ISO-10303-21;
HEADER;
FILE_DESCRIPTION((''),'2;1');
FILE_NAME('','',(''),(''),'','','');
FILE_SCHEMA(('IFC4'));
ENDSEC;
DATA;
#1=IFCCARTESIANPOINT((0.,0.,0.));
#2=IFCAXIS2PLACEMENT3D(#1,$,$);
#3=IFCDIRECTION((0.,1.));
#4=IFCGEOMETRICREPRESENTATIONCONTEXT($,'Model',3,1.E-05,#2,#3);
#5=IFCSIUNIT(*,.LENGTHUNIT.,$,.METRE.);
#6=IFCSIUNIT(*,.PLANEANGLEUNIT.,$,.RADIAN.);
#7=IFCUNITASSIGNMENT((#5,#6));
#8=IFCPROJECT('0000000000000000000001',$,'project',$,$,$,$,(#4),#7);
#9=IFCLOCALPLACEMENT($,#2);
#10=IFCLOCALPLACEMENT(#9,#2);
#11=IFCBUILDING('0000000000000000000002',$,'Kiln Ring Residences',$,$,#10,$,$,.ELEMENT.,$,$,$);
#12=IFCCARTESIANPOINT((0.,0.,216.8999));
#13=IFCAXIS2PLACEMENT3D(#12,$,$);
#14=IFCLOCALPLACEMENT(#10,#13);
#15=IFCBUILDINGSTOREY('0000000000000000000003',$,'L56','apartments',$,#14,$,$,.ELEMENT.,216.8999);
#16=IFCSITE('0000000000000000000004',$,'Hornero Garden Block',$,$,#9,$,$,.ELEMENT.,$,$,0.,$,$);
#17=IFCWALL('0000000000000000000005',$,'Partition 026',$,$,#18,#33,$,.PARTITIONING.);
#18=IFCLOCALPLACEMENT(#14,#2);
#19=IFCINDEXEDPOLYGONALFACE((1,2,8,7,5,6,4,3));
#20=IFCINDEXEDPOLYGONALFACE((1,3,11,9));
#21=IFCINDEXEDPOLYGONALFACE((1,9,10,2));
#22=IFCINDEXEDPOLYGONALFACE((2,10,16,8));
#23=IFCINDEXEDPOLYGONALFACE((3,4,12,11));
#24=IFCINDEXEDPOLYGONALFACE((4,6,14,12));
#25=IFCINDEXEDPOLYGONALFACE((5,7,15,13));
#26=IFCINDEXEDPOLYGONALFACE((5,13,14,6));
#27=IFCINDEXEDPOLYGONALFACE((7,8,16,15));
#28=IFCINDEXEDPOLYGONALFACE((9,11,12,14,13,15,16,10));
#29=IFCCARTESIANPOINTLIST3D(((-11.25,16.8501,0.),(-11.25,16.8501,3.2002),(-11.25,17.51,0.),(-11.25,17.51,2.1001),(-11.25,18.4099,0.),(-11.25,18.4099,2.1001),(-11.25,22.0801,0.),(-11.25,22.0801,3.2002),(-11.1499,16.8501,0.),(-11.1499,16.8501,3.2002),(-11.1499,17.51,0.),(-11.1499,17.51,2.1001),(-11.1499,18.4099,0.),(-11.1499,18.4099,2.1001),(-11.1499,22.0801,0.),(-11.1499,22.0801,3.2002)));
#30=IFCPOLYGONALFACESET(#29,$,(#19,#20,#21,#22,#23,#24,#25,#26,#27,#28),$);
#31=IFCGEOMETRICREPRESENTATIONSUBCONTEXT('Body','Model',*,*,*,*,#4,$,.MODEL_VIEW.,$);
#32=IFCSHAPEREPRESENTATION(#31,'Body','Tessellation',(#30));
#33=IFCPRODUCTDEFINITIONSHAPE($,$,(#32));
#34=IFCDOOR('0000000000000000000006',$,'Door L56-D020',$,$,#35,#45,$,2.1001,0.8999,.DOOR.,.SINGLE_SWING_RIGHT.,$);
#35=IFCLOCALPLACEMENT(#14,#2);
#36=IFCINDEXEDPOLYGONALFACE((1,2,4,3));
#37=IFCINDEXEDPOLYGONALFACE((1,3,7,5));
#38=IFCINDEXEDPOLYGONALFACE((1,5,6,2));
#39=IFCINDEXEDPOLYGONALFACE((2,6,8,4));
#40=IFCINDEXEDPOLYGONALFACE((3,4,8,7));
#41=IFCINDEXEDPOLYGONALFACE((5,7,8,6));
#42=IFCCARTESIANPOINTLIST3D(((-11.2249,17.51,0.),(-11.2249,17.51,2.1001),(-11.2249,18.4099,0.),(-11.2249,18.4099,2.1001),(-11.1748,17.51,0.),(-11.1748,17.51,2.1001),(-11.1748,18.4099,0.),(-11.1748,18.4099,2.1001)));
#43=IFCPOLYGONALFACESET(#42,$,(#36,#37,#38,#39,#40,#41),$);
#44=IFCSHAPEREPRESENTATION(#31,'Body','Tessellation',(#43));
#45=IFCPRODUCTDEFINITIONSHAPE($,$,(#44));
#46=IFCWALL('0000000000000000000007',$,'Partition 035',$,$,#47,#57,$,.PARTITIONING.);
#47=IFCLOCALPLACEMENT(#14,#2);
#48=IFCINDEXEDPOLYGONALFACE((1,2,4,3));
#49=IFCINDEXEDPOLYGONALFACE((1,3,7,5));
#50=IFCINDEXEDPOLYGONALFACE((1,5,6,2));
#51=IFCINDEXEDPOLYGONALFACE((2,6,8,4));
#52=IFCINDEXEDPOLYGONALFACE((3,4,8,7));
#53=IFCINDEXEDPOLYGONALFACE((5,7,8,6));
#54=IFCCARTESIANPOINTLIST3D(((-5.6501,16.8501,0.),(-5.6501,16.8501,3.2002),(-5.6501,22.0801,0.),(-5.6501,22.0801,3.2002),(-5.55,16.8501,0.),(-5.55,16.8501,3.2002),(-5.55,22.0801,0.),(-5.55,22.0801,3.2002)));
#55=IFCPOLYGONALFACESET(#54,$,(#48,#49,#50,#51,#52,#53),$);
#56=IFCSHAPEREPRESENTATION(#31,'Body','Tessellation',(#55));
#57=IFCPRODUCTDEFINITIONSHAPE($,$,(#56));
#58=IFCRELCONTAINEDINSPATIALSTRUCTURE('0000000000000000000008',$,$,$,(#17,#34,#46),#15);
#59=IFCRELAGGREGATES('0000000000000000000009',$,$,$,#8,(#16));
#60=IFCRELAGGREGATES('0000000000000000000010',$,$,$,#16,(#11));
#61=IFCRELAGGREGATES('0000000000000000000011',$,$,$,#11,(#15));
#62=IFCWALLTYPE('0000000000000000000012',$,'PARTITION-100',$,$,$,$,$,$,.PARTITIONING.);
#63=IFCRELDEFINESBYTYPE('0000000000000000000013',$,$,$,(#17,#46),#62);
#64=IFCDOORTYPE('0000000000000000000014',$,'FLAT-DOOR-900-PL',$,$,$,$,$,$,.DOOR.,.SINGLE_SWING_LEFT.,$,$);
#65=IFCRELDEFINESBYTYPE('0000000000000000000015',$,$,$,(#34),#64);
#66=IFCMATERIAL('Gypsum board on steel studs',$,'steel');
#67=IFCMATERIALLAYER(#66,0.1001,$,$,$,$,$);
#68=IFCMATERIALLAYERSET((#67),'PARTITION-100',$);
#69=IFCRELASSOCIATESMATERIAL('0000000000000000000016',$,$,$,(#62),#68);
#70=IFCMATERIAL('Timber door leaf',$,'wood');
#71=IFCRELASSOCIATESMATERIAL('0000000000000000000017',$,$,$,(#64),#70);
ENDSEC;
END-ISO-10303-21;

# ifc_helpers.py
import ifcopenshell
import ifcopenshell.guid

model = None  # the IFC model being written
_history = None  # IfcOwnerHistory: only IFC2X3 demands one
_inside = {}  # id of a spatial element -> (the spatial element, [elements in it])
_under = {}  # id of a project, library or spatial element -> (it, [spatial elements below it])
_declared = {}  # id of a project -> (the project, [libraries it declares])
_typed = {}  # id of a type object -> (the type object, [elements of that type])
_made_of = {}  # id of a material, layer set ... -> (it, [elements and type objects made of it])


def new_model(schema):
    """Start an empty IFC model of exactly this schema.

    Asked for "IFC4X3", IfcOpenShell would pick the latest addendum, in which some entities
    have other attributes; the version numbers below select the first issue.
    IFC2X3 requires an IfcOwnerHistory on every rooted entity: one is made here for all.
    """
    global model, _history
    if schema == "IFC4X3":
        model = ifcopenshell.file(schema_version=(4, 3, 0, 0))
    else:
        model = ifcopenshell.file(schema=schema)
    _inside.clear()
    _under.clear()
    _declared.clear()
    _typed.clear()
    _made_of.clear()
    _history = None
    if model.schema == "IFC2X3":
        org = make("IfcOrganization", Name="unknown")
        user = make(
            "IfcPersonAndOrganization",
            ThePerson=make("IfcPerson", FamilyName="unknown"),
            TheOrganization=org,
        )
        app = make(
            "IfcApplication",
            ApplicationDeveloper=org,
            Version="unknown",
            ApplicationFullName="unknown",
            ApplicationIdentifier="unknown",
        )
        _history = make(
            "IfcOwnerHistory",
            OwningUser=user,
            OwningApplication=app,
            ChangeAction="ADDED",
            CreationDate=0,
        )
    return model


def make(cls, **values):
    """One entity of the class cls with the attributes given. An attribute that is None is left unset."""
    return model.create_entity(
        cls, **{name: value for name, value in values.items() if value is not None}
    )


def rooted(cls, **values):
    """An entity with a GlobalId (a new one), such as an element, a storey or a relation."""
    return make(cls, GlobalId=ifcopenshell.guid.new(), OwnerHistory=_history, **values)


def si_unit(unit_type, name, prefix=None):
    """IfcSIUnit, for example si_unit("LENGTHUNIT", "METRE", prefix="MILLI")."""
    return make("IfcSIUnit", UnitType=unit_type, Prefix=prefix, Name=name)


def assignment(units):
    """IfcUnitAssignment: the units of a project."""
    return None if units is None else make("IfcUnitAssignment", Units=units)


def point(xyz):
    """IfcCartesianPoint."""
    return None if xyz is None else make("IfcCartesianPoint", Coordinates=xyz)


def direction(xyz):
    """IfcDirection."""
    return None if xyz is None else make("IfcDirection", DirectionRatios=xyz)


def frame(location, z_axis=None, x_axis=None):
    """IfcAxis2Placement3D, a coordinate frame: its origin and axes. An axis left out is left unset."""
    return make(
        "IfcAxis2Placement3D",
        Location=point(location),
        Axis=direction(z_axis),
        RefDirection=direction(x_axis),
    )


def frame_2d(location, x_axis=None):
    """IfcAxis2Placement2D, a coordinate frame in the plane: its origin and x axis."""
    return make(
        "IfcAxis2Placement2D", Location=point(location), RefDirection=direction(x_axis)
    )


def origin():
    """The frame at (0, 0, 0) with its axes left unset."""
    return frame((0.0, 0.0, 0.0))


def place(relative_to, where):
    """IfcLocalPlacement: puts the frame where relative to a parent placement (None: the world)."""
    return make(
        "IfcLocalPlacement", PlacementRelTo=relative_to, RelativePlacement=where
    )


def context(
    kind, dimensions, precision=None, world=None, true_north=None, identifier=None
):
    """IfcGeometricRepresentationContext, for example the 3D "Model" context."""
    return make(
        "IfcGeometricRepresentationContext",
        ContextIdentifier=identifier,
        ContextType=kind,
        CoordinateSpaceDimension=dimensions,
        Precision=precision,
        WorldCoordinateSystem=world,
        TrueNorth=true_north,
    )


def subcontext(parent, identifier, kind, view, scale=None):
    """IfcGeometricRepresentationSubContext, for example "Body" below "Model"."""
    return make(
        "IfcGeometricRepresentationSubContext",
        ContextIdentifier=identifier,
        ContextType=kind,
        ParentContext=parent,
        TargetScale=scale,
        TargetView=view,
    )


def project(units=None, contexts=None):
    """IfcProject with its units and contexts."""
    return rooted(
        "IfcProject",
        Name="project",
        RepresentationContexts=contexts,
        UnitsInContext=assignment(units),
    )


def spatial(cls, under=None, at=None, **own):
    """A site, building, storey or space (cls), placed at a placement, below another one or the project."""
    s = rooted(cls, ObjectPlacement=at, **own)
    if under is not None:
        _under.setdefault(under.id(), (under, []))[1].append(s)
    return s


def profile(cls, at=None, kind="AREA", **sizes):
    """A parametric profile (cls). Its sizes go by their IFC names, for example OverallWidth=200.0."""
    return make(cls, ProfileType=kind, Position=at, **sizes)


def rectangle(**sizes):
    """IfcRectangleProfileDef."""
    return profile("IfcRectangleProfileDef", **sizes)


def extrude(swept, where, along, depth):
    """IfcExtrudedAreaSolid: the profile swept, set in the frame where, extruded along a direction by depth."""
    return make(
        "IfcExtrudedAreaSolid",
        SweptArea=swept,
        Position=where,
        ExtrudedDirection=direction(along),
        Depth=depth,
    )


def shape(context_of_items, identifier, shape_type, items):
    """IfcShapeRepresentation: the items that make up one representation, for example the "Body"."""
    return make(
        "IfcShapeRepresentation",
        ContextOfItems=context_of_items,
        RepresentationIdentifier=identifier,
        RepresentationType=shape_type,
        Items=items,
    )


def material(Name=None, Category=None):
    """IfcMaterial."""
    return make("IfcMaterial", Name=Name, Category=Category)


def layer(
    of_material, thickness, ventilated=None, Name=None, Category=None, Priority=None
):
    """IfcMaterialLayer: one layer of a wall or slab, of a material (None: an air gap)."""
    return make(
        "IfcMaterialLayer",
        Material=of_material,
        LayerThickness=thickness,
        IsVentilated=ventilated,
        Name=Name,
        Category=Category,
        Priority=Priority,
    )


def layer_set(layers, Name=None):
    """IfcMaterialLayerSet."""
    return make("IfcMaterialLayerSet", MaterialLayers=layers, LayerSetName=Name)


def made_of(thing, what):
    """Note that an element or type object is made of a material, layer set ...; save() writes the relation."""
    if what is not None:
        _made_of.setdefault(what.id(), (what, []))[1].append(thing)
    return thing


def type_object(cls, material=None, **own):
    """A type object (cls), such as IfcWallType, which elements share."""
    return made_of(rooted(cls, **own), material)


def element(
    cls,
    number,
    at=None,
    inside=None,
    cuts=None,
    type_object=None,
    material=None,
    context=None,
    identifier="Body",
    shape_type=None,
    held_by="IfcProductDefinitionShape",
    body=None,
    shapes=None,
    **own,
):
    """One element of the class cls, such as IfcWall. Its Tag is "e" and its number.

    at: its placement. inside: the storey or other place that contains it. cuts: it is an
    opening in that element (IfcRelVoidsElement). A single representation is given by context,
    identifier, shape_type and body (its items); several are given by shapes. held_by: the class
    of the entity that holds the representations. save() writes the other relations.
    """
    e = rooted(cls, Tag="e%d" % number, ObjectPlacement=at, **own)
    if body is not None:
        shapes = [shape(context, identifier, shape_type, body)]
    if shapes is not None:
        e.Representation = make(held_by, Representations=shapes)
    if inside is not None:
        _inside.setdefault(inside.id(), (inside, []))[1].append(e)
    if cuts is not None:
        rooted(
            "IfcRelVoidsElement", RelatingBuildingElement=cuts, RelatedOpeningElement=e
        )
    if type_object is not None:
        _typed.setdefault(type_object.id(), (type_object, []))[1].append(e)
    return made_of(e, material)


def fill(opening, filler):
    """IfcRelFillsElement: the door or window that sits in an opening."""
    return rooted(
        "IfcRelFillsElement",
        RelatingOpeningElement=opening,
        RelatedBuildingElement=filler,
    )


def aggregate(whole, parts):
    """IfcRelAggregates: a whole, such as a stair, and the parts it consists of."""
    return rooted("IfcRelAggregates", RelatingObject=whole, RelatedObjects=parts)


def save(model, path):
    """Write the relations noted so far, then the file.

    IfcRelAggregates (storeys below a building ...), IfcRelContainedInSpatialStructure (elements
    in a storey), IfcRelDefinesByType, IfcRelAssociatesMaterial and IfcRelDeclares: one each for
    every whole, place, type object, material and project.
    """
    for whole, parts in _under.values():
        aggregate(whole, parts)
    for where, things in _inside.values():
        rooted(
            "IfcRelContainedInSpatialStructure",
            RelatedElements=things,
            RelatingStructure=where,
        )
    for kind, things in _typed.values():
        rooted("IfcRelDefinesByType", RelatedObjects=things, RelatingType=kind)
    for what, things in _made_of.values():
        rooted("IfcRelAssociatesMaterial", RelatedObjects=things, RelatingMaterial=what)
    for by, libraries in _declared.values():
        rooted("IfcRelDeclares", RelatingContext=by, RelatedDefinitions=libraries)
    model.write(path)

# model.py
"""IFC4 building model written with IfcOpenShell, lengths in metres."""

from ifc_helpers import new_model, si_unit, direction, frame, frame_2d, origin, place, context, subcontext, project, spatial, rectangle, extrude, material, layer, layer_set, type_object, element, fill, save


model = new_model("IFC4")

# Units and contexts
model_context = context("Model", 3, precision=1e-05, world=origin(), true_north=direction((0.0, 1.0)))
body_context = subcontext(model_context, "Body", "Model", "MODEL_VIEW")
ifc_project = project(units=[si_unit("LENGTHUNIT", "METRE"), si_unit("PLANEANGLEUNIT", "RADIAN")], contexts=[model_context])

# Site, building, storey
site_placement = place(None, origin())
site = spatial("IfcSite", under=ifc_project, at=site_placement, Name="Hornero Garden Block", CompositionType="ELEMENT", RefElevation=0.0)
building_placement = place(site_placement, origin())
building = spatial("IfcBuilding", under=site, at=building_placement, Name="Kiln Ring Residences", CompositionType="ELEMENT")
storey_placement = place(building_placement, frame((0.0, 0.0, 216.8999)))
storey = spatial("IfcBuildingStorey", under=building, at=storey_placement, Name="L56", Description="apartments", CompositionType="ELEMENT", Elevation=216.8999)

# Wall, opening, door
ifc_material_1 = material(Name="Gypsum board on steel studs", Category="steel")
ifc_layer_1 = layer(ifc_material_1, 0.1001)
ifc_layer_set_1 = layer_set([ifc_layer_1], Name="PARTITION-100")
wall_type_1 = type_object("IfcWallType", Name="PARTITION-100", PredefinedType="PARTITIONING", material=ifc_layer_set_1)
wall_1_placement = place(storey_placement, frame((-11.2, 16.8501, 0.0), z_axis=(0.0, 0.0, 1.0), x_axis=(0.0, 1.0, 0.0)))
wall_1 = element("IfcWall", 1, at=wall_1_placement, inside=storey, type_object=wall_type_1, Name="Partition 026", PredefinedType="PARTITIONING", context=body_context, shape_type="SweptSolid", body=[
    extrude(rectangle(XDim=5.23, YDim=0.1001, at=frame_2d((2.615, 0.0))), origin(), (0.0, 0.0, 1.0), 3.2002),
])
opening_1_placement = place(wall_1_placement, frame((0.6599, 0.0, 0.0)))
opening_1 = element("IfcOpeningElement", 2, at=opening_1_placement, cuts=wall_1, PredefinedType="OPENING", context=body_context, shape_type="SweptSolid", body=[
    extrude(rectangle(XDim=0.8999, YDim=2.1001, at=frame_2d((0.45, 1.05))), frame((0.0, 0.0601, 0.0), z_axis=(0.0, -1.0, 0.0), x_axis=(1.0, 0.0, 0.0)), (0.0, 0.0, 1.0), 0.1201),
])
ifc_material_2 = material(Name="Timber door leaf", Category="wood")
door_type = type_object("IfcDoorType", Name="FLAT-DOOR-900-PL", OperationType="SINGLE_SWING_LEFT", PredefinedType="DOOR", material=ifc_material_2)
door_placement = place(opening_1_placement, origin())
door = element("IfcDoor", 3, at=door_placement, inside=storey, type_object=door_type, Name="Door L56-D020", OperationType="SINGLE_SWING_RIGHT", OverallHeight=2.1001, OverallWidth=0.8999, PredefinedType="DOOR", context=body_context, shape_type="SweptSolid", body=[
    extrude(rectangle(XDim=0.8999, YDim=2.1001, at=frame_2d((0.45, 1.05))), frame((0.0, 0.0249, 0.0), z_axis=(0.0, -1.0, 0.0), x_axis=(1.0, 0.0, 0.0)), (0.0, 0.0, 1.0), 0.05),
])
fill(opening_1, door)

# Wall
wall_2_placement = place(storey_placement, frame((-5.6001, 16.8501, 0.0), z_axis=(0.0, 0.0, 1.0), x_axis=(0.0, 1.0, 0.0)))
element("IfcWall", 4, at=wall_2_placement, inside=storey, type_object=wall_type_1, Name="Partition 035", PredefinedType="PARTITIONING", context=body_context, shape_type="SweptSolid", body=[
    extrude(rectangle(XDim=5.23, YDim=0.1001, at=frame_2d((2.615, 0.0))), origin(), (0.0, 0.0, 1.0), 3.2002),
])

save(model, "model.ifc")
